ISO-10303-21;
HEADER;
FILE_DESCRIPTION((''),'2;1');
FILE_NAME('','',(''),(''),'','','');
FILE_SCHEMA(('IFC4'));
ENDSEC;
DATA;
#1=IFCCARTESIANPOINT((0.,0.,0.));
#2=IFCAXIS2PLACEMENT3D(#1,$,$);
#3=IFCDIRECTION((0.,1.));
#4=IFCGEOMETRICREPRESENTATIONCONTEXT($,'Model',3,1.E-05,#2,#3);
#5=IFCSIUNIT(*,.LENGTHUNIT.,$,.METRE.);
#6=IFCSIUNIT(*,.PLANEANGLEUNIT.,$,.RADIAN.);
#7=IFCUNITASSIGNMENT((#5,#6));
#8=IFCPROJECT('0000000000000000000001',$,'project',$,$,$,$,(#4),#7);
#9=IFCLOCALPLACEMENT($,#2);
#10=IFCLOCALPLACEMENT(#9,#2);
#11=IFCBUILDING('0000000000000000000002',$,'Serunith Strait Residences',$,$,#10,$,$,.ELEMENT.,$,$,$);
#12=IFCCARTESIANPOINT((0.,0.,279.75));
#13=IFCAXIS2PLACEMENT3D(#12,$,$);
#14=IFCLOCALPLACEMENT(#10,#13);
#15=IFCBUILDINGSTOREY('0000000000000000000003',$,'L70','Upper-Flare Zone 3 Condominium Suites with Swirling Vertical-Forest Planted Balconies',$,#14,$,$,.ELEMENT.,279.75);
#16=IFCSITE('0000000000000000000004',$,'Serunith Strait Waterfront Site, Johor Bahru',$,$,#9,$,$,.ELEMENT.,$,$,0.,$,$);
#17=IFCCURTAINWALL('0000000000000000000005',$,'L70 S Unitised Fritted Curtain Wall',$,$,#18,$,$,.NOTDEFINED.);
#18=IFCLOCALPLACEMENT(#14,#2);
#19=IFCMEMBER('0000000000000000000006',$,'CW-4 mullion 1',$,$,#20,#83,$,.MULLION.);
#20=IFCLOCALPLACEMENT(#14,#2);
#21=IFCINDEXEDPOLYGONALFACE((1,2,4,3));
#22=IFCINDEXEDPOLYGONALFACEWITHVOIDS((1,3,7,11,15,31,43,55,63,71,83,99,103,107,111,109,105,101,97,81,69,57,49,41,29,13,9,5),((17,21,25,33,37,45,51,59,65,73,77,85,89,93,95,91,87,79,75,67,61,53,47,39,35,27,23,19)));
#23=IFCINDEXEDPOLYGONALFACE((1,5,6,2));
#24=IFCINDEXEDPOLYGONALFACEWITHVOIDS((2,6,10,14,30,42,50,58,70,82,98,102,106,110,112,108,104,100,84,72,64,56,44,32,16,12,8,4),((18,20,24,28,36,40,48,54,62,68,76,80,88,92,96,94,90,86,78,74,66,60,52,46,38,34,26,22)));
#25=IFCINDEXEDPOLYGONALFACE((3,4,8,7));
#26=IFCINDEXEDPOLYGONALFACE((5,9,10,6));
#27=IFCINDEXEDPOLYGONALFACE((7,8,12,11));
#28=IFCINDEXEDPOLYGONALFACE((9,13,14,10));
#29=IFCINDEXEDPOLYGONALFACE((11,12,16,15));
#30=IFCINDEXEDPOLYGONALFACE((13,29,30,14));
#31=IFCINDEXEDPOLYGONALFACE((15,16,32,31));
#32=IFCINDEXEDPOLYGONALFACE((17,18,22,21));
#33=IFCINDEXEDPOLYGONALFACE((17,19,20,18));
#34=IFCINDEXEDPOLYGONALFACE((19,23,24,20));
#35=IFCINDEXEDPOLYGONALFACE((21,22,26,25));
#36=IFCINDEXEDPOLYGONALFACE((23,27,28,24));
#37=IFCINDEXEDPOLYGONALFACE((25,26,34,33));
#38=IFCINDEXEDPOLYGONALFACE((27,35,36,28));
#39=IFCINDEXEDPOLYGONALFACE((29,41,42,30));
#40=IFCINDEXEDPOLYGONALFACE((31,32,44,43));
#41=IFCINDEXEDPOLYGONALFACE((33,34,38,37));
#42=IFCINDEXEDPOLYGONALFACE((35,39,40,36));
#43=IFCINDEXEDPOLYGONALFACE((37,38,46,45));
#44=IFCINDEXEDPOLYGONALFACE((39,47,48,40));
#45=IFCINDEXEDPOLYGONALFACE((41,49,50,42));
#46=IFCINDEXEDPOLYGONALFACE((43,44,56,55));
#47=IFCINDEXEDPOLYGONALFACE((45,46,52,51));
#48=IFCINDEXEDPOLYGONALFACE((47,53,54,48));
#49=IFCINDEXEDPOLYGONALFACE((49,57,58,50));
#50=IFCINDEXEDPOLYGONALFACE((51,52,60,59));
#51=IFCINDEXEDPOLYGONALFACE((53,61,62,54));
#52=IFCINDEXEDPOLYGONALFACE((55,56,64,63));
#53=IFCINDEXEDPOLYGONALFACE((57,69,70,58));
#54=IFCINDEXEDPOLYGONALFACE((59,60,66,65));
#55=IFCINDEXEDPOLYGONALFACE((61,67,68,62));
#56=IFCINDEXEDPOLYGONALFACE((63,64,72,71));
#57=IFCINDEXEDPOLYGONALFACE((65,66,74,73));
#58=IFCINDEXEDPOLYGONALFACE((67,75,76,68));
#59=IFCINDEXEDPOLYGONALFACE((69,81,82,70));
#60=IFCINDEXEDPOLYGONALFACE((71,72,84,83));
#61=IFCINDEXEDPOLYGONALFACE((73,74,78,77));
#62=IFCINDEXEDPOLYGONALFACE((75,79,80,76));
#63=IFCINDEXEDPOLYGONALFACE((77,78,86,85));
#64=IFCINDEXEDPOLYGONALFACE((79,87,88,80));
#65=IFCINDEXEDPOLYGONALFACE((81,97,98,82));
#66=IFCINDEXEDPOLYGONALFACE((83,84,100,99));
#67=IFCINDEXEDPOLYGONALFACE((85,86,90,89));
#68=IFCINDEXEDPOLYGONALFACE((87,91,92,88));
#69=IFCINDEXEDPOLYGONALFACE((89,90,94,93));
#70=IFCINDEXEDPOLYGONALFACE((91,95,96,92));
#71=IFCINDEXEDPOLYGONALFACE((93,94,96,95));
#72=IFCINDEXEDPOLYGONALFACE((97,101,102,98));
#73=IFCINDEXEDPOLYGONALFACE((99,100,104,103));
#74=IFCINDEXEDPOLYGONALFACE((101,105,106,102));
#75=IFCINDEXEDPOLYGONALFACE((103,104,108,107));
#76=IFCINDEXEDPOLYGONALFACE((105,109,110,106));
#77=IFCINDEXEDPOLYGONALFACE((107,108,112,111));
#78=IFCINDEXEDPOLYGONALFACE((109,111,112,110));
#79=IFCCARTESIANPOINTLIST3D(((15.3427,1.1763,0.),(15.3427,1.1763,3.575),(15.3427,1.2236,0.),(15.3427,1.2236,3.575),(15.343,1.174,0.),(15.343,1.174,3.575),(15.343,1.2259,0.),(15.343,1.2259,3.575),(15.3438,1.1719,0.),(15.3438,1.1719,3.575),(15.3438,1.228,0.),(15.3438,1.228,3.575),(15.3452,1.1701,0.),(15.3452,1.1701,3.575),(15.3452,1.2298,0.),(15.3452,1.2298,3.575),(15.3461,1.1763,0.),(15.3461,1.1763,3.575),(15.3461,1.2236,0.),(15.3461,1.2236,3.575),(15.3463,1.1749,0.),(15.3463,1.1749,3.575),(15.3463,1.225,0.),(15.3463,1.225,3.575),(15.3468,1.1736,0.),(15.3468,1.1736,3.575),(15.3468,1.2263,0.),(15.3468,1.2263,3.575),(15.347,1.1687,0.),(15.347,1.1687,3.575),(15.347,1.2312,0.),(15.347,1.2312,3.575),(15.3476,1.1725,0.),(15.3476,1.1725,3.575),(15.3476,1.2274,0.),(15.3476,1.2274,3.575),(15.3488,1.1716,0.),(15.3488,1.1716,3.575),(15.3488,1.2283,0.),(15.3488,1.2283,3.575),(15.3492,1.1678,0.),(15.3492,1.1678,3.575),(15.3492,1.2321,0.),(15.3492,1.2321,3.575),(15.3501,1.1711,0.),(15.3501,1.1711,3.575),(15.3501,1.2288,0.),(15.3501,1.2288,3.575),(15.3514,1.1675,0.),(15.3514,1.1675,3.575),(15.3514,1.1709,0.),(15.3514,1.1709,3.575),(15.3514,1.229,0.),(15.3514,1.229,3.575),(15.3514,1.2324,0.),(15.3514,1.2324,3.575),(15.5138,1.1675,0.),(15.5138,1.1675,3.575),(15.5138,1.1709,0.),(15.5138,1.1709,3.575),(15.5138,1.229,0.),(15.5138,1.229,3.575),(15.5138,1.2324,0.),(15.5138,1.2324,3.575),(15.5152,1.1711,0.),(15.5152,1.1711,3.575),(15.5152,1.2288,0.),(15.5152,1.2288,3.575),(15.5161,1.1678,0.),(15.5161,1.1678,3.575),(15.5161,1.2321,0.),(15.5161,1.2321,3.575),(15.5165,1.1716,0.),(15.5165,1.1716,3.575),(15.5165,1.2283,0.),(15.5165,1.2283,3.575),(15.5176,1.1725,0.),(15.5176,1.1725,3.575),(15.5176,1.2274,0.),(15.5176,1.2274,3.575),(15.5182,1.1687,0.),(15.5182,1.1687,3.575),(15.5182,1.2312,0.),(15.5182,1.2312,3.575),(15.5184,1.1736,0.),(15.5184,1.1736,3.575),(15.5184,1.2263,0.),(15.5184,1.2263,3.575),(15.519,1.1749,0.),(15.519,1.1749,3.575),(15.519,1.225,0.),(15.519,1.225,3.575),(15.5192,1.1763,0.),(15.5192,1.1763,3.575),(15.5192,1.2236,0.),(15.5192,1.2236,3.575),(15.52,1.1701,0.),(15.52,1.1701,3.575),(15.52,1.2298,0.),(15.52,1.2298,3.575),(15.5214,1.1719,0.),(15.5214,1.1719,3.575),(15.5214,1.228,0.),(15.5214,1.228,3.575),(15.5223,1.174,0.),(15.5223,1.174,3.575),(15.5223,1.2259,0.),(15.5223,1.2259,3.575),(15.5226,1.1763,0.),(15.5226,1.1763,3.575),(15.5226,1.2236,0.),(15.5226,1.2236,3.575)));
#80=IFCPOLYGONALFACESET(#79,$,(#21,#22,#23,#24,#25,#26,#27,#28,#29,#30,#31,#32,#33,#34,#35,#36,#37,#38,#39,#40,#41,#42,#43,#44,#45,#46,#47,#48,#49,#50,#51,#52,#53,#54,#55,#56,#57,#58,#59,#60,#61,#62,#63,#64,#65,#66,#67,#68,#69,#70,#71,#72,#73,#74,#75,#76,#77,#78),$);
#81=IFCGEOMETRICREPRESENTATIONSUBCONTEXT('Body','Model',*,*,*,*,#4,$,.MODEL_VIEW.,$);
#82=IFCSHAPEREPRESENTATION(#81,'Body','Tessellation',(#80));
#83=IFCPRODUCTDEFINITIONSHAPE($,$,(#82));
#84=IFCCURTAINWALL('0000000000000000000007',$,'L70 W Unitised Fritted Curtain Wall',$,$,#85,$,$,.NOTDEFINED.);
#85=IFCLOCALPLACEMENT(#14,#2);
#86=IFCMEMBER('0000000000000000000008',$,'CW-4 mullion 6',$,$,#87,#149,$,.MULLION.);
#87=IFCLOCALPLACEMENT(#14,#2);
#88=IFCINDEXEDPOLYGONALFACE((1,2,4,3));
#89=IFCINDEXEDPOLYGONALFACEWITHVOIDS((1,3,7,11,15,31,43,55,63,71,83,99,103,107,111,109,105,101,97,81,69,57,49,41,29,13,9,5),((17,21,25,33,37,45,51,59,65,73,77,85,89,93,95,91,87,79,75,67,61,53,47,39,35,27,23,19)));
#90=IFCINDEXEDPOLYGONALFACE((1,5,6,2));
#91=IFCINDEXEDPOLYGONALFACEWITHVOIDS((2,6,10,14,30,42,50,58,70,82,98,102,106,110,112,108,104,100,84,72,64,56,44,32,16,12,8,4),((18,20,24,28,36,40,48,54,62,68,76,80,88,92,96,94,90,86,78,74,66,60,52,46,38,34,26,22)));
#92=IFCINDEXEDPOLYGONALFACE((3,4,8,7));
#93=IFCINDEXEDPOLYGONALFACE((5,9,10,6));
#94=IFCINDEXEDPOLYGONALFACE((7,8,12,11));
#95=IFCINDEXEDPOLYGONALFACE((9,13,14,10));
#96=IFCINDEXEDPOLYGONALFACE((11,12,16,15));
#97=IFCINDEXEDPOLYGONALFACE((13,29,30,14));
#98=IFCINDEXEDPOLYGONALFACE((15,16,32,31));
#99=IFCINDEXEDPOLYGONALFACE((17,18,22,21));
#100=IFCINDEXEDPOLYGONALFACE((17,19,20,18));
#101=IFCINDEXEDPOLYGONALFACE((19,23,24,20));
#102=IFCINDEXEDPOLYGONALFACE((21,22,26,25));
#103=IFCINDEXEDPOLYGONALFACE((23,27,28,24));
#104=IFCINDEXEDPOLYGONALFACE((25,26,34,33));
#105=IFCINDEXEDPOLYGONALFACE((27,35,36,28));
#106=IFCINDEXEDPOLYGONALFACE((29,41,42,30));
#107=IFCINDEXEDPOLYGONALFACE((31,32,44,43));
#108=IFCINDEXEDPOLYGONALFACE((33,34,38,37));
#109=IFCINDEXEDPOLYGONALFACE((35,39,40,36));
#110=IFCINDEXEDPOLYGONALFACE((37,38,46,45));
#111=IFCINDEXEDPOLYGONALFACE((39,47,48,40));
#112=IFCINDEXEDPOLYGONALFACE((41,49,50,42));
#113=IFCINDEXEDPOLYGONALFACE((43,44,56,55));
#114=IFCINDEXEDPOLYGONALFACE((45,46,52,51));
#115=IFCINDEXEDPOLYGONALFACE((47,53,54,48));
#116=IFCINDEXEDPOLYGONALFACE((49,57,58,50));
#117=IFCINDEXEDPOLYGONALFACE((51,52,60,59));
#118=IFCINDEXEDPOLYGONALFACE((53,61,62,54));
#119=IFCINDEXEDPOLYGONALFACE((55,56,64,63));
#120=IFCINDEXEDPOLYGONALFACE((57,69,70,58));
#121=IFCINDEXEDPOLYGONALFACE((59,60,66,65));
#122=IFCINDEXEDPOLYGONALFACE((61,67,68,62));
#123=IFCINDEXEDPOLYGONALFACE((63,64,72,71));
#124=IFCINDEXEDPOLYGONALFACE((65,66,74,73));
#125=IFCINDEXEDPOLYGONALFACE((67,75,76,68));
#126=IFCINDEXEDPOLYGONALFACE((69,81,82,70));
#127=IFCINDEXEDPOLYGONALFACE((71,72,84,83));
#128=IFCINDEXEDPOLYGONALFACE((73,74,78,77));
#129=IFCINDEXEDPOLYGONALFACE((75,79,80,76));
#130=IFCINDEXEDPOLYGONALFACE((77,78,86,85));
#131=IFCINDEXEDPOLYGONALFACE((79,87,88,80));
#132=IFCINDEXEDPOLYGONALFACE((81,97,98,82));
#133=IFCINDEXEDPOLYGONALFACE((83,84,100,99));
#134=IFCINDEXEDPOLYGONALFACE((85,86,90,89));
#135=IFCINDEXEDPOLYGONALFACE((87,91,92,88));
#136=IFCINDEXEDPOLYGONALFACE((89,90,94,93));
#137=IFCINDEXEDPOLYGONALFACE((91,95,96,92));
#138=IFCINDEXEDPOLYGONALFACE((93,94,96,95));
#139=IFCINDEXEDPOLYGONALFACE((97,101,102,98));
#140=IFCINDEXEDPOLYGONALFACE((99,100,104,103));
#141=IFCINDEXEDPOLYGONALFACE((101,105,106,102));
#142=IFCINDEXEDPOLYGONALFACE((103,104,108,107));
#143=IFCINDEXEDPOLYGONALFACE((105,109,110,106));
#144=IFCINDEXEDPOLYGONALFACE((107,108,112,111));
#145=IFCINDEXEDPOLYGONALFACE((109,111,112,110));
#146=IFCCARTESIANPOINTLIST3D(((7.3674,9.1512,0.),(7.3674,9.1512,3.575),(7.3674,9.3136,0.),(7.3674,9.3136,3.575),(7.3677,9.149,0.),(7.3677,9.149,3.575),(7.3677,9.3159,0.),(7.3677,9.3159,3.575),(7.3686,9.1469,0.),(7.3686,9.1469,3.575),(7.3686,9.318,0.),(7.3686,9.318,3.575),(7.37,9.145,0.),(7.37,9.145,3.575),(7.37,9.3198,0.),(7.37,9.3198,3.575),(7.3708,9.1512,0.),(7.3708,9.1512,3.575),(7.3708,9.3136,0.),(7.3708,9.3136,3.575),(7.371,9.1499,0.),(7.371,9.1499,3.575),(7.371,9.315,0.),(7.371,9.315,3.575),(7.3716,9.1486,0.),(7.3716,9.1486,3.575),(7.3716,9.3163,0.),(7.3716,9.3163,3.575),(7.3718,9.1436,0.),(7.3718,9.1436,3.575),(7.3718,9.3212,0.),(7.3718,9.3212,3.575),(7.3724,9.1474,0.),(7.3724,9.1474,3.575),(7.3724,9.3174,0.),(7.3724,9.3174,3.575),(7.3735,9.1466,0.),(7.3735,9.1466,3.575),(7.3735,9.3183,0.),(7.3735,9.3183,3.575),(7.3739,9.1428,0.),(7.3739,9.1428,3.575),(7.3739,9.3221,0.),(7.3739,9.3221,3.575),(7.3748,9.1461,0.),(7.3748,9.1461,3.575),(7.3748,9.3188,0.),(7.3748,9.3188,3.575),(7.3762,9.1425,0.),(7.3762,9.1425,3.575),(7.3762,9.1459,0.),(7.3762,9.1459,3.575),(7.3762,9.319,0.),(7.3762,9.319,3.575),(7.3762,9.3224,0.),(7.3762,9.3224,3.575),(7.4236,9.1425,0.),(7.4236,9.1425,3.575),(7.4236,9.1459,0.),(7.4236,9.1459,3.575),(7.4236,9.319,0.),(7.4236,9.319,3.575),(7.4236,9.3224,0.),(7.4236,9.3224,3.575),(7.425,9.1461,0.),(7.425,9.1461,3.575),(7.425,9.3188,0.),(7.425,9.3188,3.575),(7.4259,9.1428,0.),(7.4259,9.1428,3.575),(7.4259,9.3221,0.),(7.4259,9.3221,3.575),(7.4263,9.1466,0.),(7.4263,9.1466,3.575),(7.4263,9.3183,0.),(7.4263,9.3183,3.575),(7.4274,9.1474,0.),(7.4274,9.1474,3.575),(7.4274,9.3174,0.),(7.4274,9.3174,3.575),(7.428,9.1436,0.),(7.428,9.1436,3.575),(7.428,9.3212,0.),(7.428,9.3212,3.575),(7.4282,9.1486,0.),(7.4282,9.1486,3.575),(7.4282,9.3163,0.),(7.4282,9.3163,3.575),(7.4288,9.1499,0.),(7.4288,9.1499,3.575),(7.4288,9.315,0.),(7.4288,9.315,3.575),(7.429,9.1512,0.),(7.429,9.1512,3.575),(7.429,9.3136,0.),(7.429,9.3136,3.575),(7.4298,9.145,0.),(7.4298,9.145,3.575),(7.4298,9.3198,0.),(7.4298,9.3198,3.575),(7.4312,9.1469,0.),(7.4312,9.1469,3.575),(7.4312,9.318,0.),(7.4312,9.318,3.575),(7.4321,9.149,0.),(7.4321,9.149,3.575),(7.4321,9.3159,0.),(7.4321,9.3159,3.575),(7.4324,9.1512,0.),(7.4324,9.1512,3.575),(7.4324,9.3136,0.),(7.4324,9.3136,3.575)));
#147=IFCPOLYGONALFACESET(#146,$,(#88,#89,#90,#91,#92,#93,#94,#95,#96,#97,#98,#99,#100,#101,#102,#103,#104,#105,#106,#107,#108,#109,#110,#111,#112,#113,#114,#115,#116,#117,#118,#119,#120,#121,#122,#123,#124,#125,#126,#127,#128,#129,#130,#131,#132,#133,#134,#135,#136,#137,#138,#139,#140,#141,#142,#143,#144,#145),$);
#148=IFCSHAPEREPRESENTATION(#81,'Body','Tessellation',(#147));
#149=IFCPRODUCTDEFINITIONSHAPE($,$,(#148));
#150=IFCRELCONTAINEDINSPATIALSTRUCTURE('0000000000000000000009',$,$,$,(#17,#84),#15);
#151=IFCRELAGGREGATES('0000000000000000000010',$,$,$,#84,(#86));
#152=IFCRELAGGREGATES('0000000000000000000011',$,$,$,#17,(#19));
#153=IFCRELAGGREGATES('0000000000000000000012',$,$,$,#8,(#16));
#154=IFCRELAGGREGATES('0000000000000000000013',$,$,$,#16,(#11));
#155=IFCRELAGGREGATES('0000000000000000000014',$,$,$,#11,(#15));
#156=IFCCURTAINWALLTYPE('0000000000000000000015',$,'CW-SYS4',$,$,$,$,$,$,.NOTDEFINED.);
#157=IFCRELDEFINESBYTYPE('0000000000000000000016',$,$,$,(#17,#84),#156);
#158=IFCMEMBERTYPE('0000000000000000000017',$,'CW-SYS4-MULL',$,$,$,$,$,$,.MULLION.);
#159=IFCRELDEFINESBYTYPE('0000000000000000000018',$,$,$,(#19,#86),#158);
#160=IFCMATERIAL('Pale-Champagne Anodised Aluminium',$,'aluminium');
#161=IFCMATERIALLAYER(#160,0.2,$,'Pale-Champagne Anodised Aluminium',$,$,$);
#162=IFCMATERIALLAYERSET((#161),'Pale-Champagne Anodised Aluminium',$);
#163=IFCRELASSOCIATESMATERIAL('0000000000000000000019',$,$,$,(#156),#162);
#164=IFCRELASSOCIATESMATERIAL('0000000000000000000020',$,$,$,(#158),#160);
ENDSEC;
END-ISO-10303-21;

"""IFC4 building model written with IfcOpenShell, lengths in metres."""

from ifc_helpers import new_model, si_unit, direction, frame, origin, origin_2d, place, context, subcontext, project, spatial, hollow_rectangle, extrude, source, transform, mapped, material, layer, layer_set, material_profile, profile_set, type_object, element, aggregate, save


model = new_model("IFC4")

# Units and contexts
model_context = context("Model", 3, precision=1e-05, world=origin(), true_north=direction((0.0, 1.0)))
body_context = subcontext(model_context, "Body", "Model", "MODEL_VIEW")
ifc_project = project(units=[si_unit("LENGTHUNIT", "METRE"), si_unit("PLANEANGLEUNIT", "RADIAN")], contexts=[model_context])

# Site, building, storey
site_placement = place(None, origin())
site = spatial("IfcSite", under=ifc_project, at=site_placement, Name="Serunith Strait Waterfront Site, Johor Bahru", CompositionType="ELEMENT", RefElevation=0.0)
building_placement = place(site_placement, origin())
building = spatial("IfcBuilding", under=site, at=building_placement, Name="Serunith Strait Residences", CompositionType="ELEMENT")
storey_placement = place(building_placement, frame((0.0, 0.0, 279.75)))
storey = spatial("IfcBuildingStorey", under=building, at=storey_placement, Name="L70", Description="Upper-Flare Zone 3 Condominium Suites with Swirling Vertical-Forest Planted Balconies", CompositionType="ELEMENT", Elevation=279.75)

# Curtain walls, members
ifc_material_1 = material(Name="Pale-Champagne Anodised Aluminium", Category="aluminium")
ifc_layer_1 = layer(ifc_material_1, 0.2, Name="Pale-Champagne Anodised Aluminium")
ifc_layer_set_1 = layer_set([ifc_layer_1], Name="Pale-Champagne Anodised Aluminium")
curtain_wall_type = type_object("IfcCurtainWallType", Name="CW-SYS4", PredefinedType="NOTDEFINED", material=ifc_layer_set_1)
curtain_wall_1_placement = place(storey_placement, origin())
curtain_wall_1 = element("IfcCurtainWall", 1, at=curtain_wall_1_placement, inside=storey, type_object=curtain_wall_type, Name="L70 S Unitised Fritted Curtain Wall", PredefinedType="NOTDEFINED")
ifc_material_profile_1 = material_profile(ifc_material_1, hollow_rectangle(XDim=0.0649, YDim=0.1799, WallThickness=0.0034, InnerFilletRadius=0.0054, OuterFilletRadius=0.0088, at=origin_2d()), Name="ALU 180x65x3.5")
ifc_profile_set_1 = profile_set([ifc_material_profile_1], Name="Pale-Champagne Anodised Aluminium")
member_type_1 = type_object("IfcMemberType", Name="CW-SYS4-MULL", PredefinedType="MULLION", material=ifc_profile_set_1)
shared_shape_1 = source(origin(), body_context, "Body", "SweptSolid", [
    extrude(hollow_rectangle(XDim=0.0649, YDim=0.1799, WallThickness=0.0034, InnerFilletRadius=0.0054, OuterFilletRadius=0.0088, at=origin_2d()), origin(), (0.0, 0.0, 1.0), 3.575),
])
member_1_placement = place(storey_placement, frame((15.4326, 1.2, 0.0), z_axis=(0.0, 0.0, 1.0), x_axis=(0.0, 1.0, 0.0)))
member_1 = element("IfcMember", 2, at=member_1_placement, type_object=member_type_1, Name="CW-4 mullion 1", PredefinedType="MULLION", context=body_context, shape_type="MappedRepresentation", body=[
    mapped(shared_shape_1, transform((0.0, 0.0, 0.0), scale=1.0)),
])
curtain_wall_2_placement = place(storey_placement, origin())
curtain_wall_2 = element("IfcCurtainWall", 3, at=curtain_wall_2_placement, inside=storey, type_object=curtain_wall_type, Name="L70 W Unitised Fritted Curtain Wall", PredefinedType="NOTDEFINED")
member_2_placement = place(storey_placement, frame((7.3999, 9.2324, 0.0), z_axis=(0.0, 0.0, 1.0), x_axis=(1.0, 0.0, 0.0)))
member_2 = element("IfcMember", 4, at=member_2_placement, type_object=member_type_1, Name="CW-4 mullion 6", PredefinedType="MULLION", context=body_context, shape_type="MappedRepresentation", body=[
    mapped(shared_shape_1, transform((0.0, 0.0, 0.0), scale=1.0)),
])
aggregate(curtain_wall_2, [member_2])

aggregate(curtain_wall_1, [member_1])

save(model, "model.ifc")
